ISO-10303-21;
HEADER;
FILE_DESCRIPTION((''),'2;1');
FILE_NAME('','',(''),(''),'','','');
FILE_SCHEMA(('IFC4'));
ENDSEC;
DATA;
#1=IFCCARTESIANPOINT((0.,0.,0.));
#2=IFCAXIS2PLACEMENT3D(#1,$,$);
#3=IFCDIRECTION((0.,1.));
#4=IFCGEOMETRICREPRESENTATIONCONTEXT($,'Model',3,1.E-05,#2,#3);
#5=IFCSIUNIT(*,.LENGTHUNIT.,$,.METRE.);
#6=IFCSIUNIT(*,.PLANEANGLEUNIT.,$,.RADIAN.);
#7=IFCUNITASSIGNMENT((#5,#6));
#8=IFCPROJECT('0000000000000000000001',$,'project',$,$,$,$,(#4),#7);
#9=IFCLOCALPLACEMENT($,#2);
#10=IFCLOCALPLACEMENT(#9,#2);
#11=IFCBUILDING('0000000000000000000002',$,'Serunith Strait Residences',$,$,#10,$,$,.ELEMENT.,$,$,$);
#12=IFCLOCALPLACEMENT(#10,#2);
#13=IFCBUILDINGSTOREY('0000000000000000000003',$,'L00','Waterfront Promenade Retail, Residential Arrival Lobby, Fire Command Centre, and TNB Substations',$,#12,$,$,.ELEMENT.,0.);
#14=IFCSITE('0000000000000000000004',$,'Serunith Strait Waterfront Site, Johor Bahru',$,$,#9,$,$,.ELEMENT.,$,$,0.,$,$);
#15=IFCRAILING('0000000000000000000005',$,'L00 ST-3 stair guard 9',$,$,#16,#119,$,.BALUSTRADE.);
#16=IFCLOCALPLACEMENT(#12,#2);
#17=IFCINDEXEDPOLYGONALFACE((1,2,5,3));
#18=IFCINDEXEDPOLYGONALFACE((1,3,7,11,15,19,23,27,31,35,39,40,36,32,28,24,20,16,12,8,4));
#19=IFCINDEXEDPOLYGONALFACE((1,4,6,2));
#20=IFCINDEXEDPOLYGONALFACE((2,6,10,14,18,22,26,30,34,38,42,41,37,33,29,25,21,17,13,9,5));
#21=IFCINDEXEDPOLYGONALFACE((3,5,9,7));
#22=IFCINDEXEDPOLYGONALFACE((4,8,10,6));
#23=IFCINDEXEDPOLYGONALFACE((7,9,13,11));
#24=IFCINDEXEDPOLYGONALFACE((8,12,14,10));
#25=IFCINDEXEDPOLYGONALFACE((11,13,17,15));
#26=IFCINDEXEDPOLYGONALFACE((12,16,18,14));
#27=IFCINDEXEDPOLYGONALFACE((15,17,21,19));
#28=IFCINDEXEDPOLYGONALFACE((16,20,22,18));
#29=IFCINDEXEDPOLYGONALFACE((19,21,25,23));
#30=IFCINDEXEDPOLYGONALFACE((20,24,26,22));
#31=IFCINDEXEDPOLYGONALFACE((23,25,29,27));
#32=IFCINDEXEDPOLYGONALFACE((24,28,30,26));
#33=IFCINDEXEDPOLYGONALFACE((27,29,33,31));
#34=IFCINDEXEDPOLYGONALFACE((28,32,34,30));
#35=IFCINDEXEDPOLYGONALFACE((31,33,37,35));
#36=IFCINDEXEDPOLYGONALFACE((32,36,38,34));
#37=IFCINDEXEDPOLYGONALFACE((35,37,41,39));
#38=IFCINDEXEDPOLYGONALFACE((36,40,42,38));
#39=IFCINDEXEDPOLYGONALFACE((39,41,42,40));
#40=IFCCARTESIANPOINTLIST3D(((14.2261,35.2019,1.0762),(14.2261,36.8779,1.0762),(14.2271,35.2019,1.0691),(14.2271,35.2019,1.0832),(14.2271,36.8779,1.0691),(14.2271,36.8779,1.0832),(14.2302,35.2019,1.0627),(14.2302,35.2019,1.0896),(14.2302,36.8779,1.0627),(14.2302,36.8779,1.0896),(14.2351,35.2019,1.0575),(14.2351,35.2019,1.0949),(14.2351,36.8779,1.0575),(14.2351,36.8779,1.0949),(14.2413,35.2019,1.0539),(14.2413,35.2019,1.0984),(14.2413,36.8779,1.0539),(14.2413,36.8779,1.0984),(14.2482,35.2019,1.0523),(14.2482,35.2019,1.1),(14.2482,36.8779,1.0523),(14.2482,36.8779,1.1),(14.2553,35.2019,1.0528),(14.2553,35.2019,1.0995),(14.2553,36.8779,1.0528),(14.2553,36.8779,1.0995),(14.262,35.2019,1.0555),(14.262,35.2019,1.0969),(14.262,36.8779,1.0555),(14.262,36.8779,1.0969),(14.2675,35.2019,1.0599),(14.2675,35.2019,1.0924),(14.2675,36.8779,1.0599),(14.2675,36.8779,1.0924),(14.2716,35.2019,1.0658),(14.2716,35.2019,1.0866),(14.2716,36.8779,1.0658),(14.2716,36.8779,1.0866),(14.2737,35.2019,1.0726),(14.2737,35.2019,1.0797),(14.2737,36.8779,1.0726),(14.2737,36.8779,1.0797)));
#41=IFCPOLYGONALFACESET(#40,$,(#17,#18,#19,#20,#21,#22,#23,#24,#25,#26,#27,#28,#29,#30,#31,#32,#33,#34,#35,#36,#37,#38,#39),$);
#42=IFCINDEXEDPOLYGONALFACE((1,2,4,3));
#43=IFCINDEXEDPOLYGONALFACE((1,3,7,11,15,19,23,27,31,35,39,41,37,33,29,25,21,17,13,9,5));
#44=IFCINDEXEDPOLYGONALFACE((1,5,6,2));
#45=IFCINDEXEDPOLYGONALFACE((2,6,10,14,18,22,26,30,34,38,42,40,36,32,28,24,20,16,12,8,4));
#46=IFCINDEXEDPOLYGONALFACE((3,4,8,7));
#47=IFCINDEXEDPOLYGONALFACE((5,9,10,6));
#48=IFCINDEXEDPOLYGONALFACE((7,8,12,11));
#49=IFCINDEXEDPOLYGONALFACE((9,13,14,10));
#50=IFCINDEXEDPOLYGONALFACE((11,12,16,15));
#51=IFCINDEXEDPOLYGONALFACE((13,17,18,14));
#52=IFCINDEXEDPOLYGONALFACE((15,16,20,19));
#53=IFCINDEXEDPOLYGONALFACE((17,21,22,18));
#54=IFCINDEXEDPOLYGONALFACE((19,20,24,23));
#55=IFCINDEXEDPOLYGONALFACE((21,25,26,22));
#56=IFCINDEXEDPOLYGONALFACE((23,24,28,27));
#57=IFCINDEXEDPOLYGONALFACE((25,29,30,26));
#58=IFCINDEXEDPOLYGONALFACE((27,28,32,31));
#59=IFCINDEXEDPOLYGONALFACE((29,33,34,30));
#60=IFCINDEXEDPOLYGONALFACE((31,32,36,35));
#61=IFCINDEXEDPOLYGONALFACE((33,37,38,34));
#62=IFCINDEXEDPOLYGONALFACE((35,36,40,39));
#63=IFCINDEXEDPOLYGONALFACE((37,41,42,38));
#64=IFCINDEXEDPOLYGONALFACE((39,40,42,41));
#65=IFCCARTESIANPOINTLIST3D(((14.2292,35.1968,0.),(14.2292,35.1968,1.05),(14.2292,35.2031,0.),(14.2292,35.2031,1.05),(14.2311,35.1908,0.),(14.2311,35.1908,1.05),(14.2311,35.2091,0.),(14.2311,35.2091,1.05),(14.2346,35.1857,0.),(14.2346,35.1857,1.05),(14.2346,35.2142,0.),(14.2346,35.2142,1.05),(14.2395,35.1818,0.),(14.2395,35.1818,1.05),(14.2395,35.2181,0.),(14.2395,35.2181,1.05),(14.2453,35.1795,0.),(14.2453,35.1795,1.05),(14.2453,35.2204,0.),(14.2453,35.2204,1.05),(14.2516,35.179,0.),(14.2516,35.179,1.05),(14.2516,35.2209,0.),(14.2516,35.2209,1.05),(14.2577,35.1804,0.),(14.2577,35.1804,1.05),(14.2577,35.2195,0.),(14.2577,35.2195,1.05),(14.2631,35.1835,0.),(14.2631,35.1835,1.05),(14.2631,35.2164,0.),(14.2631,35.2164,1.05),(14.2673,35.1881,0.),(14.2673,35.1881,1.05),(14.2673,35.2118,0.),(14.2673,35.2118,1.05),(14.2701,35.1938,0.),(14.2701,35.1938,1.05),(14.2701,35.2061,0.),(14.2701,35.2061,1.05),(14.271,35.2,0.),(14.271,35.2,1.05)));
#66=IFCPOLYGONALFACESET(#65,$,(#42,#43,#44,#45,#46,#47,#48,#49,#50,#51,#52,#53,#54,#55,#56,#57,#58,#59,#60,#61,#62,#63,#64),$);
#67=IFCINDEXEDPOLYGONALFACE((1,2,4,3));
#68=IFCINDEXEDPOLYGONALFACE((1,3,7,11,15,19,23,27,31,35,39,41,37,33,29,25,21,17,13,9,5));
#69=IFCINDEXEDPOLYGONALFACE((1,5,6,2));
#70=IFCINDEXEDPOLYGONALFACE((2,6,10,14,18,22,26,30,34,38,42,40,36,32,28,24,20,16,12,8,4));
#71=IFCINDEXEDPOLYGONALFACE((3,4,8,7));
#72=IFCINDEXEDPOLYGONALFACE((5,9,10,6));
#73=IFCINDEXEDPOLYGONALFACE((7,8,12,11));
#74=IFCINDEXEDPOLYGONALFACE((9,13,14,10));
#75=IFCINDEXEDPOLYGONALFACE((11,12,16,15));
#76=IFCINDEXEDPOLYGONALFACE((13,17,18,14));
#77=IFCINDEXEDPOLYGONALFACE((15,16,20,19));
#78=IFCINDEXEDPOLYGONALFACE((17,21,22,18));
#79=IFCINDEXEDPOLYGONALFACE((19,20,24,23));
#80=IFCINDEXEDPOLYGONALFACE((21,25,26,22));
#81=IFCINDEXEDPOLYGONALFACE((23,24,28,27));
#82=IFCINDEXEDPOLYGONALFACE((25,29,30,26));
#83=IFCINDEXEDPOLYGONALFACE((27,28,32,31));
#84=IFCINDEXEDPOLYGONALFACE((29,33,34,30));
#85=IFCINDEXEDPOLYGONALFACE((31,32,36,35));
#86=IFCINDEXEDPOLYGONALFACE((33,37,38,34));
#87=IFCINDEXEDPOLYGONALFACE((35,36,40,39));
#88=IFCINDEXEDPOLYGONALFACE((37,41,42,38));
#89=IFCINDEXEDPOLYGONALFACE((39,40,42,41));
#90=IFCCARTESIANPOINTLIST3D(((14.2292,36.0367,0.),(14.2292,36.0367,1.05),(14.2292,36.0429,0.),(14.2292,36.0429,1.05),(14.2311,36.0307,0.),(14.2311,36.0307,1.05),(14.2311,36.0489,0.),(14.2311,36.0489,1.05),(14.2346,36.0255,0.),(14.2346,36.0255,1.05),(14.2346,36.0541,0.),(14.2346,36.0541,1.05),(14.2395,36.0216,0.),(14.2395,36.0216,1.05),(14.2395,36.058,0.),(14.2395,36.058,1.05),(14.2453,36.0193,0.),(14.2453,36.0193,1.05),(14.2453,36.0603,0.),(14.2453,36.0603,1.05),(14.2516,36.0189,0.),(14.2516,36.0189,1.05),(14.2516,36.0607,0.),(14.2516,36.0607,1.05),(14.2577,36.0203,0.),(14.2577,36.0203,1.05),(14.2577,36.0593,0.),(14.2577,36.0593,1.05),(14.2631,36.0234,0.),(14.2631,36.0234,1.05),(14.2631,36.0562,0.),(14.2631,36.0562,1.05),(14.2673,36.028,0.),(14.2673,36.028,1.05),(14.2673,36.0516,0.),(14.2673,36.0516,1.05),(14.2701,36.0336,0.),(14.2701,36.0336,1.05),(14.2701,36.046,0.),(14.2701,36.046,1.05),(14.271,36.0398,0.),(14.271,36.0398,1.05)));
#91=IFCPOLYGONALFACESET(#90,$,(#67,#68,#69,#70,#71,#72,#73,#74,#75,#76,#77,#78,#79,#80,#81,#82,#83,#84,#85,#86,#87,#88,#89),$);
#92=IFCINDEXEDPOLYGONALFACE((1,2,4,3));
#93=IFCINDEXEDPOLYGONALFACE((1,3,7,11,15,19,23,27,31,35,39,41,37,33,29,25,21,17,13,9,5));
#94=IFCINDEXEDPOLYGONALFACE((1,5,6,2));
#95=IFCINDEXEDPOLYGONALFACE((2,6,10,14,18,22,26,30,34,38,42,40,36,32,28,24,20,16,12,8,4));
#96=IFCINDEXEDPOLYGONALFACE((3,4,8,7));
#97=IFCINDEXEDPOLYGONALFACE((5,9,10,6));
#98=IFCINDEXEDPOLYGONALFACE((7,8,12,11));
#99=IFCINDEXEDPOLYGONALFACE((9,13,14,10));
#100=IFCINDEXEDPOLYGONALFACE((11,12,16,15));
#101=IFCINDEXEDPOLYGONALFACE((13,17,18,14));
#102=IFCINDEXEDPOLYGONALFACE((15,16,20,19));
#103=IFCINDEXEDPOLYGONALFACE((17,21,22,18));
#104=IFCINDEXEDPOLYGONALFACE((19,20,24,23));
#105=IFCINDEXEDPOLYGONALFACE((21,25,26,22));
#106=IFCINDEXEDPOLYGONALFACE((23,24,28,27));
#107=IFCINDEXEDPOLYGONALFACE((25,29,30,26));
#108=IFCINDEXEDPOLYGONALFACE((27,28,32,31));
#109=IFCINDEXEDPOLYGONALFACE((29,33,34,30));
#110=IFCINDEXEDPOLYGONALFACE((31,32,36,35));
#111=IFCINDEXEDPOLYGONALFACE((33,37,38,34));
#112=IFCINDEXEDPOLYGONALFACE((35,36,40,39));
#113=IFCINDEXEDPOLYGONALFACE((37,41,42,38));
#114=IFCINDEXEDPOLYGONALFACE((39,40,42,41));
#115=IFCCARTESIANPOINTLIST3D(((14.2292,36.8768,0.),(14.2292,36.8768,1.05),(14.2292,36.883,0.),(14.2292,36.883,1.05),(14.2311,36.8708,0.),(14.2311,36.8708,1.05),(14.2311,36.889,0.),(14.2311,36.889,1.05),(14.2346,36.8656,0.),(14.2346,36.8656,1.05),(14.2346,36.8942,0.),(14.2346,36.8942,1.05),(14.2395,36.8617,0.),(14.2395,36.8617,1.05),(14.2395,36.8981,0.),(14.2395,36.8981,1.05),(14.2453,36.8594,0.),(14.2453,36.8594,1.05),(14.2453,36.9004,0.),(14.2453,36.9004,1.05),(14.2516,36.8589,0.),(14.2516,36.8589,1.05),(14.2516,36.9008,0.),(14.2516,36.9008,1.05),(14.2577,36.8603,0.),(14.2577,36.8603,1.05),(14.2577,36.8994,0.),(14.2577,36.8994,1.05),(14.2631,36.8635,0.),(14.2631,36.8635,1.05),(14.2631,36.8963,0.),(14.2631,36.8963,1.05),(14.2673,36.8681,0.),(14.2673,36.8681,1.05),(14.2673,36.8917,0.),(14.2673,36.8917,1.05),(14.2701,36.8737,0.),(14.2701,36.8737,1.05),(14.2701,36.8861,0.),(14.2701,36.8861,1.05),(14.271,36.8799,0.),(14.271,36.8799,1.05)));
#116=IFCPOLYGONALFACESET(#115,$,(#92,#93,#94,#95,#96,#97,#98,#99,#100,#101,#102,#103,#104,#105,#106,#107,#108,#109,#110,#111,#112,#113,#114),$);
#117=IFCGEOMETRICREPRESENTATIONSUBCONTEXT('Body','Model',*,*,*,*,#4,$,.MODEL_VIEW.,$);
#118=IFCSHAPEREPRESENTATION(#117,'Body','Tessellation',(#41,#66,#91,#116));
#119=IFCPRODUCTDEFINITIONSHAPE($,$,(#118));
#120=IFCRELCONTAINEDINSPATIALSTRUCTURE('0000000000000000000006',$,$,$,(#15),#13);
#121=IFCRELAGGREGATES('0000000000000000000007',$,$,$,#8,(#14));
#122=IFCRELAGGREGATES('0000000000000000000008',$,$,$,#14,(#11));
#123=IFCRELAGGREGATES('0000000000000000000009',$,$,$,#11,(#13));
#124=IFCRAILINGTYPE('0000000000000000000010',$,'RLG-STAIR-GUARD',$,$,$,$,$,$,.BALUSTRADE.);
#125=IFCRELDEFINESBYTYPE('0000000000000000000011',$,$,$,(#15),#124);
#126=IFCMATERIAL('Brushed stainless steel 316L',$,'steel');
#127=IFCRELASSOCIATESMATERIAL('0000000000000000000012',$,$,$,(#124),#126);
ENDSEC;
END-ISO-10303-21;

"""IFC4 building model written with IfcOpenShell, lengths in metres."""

from ifc_helpers import new_model, si_unit, direction, frame, origin, origin_2d, place, context, subcontext, project, spatial, circle, extrude, material, type_object, element, save


model = new_model("IFC4")

# Units and contexts
model_context = context("Model", 3, precision=1e-05, world=origin(), true_north=direction((0.0, 1.0)))
body_context = subcontext(model_context, "Body", "Model", "MODEL_VIEW")
ifc_project = project(units=[si_unit("LENGTHUNIT", "METRE"), si_unit("PLANEANGLEUNIT", "RADIAN")], contexts=[model_context])

# Site, building, storey
site_placement = place(None, origin())
site = spatial("IfcSite", under=ifc_project, at=site_placement, Name="Serunith Strait Waterfront Site, Johor Bahru", CompositionType="ELEMENT", RefElevation=0.0)
building_placement = place(site_placement, origin())
building = spatial("IfcBuilding", under=site, at=building_placement, Name="Serunith Strait Residences", CompositionType="ELEMENT")
storey_placement = place(building_placement, origin())
storey = spatial("IfcBuildingStorey", under=building, at=storey_placement, Name="L00", Description="Waterfront Promenade Retail, Residential Arrival Lobby, Fire Command Centre, and TNB Substations", CompositionType="ELEMENT", Elevation=0.0)

# Railing
ifc_material_1 = material(Name="Brushed stainless steel 316L", Category="steel")
railing_type_1 = type_object("IfcRailingType", Name="RLG-STAIR-GUARD", PredefinedType="BALUSTRADE", material=ifc_material_1)
for number, where, name in (
    (1, (14.25, 35.2, 0.0), "L00 ST-3 stair guard 9"),
):
    element("IfcRailing", number, at=place(storey_placement, frame(where)), inside=storey, type_object=railing_type_1, Name=name, PredefinedType="BALUSTRADE", context=body_context, shape_type="SweptSolid", body=[
        extrude(circle(Radius=0.0239, at=origin_2d()), frame((0.0, 0.002, 1.0762), z_axis=(0.0, 1.0, 0.0), x_axis=(-1.0, 0.0, 0.0)), (0.0, 0.0, 1.0), 1.676),
        extrude(circle(Radius=0.021, at=origin_2d()), origin(), (0.0, 0.0, 1.0), 1.05),
        extrude(circle(Radius=0.021, at=origin_2d()), frame((0.0, 0.8398, 0.0)), (0.0, 0.0, 1.0), 1.05),
        extrude(circle(Radius=0.021, at=origin_2d()), frame((0.0, 1.6799, 0.0)), (0.0, 0.0, 1.0), 1.05),
    ])

save(model, "model.ifc")
